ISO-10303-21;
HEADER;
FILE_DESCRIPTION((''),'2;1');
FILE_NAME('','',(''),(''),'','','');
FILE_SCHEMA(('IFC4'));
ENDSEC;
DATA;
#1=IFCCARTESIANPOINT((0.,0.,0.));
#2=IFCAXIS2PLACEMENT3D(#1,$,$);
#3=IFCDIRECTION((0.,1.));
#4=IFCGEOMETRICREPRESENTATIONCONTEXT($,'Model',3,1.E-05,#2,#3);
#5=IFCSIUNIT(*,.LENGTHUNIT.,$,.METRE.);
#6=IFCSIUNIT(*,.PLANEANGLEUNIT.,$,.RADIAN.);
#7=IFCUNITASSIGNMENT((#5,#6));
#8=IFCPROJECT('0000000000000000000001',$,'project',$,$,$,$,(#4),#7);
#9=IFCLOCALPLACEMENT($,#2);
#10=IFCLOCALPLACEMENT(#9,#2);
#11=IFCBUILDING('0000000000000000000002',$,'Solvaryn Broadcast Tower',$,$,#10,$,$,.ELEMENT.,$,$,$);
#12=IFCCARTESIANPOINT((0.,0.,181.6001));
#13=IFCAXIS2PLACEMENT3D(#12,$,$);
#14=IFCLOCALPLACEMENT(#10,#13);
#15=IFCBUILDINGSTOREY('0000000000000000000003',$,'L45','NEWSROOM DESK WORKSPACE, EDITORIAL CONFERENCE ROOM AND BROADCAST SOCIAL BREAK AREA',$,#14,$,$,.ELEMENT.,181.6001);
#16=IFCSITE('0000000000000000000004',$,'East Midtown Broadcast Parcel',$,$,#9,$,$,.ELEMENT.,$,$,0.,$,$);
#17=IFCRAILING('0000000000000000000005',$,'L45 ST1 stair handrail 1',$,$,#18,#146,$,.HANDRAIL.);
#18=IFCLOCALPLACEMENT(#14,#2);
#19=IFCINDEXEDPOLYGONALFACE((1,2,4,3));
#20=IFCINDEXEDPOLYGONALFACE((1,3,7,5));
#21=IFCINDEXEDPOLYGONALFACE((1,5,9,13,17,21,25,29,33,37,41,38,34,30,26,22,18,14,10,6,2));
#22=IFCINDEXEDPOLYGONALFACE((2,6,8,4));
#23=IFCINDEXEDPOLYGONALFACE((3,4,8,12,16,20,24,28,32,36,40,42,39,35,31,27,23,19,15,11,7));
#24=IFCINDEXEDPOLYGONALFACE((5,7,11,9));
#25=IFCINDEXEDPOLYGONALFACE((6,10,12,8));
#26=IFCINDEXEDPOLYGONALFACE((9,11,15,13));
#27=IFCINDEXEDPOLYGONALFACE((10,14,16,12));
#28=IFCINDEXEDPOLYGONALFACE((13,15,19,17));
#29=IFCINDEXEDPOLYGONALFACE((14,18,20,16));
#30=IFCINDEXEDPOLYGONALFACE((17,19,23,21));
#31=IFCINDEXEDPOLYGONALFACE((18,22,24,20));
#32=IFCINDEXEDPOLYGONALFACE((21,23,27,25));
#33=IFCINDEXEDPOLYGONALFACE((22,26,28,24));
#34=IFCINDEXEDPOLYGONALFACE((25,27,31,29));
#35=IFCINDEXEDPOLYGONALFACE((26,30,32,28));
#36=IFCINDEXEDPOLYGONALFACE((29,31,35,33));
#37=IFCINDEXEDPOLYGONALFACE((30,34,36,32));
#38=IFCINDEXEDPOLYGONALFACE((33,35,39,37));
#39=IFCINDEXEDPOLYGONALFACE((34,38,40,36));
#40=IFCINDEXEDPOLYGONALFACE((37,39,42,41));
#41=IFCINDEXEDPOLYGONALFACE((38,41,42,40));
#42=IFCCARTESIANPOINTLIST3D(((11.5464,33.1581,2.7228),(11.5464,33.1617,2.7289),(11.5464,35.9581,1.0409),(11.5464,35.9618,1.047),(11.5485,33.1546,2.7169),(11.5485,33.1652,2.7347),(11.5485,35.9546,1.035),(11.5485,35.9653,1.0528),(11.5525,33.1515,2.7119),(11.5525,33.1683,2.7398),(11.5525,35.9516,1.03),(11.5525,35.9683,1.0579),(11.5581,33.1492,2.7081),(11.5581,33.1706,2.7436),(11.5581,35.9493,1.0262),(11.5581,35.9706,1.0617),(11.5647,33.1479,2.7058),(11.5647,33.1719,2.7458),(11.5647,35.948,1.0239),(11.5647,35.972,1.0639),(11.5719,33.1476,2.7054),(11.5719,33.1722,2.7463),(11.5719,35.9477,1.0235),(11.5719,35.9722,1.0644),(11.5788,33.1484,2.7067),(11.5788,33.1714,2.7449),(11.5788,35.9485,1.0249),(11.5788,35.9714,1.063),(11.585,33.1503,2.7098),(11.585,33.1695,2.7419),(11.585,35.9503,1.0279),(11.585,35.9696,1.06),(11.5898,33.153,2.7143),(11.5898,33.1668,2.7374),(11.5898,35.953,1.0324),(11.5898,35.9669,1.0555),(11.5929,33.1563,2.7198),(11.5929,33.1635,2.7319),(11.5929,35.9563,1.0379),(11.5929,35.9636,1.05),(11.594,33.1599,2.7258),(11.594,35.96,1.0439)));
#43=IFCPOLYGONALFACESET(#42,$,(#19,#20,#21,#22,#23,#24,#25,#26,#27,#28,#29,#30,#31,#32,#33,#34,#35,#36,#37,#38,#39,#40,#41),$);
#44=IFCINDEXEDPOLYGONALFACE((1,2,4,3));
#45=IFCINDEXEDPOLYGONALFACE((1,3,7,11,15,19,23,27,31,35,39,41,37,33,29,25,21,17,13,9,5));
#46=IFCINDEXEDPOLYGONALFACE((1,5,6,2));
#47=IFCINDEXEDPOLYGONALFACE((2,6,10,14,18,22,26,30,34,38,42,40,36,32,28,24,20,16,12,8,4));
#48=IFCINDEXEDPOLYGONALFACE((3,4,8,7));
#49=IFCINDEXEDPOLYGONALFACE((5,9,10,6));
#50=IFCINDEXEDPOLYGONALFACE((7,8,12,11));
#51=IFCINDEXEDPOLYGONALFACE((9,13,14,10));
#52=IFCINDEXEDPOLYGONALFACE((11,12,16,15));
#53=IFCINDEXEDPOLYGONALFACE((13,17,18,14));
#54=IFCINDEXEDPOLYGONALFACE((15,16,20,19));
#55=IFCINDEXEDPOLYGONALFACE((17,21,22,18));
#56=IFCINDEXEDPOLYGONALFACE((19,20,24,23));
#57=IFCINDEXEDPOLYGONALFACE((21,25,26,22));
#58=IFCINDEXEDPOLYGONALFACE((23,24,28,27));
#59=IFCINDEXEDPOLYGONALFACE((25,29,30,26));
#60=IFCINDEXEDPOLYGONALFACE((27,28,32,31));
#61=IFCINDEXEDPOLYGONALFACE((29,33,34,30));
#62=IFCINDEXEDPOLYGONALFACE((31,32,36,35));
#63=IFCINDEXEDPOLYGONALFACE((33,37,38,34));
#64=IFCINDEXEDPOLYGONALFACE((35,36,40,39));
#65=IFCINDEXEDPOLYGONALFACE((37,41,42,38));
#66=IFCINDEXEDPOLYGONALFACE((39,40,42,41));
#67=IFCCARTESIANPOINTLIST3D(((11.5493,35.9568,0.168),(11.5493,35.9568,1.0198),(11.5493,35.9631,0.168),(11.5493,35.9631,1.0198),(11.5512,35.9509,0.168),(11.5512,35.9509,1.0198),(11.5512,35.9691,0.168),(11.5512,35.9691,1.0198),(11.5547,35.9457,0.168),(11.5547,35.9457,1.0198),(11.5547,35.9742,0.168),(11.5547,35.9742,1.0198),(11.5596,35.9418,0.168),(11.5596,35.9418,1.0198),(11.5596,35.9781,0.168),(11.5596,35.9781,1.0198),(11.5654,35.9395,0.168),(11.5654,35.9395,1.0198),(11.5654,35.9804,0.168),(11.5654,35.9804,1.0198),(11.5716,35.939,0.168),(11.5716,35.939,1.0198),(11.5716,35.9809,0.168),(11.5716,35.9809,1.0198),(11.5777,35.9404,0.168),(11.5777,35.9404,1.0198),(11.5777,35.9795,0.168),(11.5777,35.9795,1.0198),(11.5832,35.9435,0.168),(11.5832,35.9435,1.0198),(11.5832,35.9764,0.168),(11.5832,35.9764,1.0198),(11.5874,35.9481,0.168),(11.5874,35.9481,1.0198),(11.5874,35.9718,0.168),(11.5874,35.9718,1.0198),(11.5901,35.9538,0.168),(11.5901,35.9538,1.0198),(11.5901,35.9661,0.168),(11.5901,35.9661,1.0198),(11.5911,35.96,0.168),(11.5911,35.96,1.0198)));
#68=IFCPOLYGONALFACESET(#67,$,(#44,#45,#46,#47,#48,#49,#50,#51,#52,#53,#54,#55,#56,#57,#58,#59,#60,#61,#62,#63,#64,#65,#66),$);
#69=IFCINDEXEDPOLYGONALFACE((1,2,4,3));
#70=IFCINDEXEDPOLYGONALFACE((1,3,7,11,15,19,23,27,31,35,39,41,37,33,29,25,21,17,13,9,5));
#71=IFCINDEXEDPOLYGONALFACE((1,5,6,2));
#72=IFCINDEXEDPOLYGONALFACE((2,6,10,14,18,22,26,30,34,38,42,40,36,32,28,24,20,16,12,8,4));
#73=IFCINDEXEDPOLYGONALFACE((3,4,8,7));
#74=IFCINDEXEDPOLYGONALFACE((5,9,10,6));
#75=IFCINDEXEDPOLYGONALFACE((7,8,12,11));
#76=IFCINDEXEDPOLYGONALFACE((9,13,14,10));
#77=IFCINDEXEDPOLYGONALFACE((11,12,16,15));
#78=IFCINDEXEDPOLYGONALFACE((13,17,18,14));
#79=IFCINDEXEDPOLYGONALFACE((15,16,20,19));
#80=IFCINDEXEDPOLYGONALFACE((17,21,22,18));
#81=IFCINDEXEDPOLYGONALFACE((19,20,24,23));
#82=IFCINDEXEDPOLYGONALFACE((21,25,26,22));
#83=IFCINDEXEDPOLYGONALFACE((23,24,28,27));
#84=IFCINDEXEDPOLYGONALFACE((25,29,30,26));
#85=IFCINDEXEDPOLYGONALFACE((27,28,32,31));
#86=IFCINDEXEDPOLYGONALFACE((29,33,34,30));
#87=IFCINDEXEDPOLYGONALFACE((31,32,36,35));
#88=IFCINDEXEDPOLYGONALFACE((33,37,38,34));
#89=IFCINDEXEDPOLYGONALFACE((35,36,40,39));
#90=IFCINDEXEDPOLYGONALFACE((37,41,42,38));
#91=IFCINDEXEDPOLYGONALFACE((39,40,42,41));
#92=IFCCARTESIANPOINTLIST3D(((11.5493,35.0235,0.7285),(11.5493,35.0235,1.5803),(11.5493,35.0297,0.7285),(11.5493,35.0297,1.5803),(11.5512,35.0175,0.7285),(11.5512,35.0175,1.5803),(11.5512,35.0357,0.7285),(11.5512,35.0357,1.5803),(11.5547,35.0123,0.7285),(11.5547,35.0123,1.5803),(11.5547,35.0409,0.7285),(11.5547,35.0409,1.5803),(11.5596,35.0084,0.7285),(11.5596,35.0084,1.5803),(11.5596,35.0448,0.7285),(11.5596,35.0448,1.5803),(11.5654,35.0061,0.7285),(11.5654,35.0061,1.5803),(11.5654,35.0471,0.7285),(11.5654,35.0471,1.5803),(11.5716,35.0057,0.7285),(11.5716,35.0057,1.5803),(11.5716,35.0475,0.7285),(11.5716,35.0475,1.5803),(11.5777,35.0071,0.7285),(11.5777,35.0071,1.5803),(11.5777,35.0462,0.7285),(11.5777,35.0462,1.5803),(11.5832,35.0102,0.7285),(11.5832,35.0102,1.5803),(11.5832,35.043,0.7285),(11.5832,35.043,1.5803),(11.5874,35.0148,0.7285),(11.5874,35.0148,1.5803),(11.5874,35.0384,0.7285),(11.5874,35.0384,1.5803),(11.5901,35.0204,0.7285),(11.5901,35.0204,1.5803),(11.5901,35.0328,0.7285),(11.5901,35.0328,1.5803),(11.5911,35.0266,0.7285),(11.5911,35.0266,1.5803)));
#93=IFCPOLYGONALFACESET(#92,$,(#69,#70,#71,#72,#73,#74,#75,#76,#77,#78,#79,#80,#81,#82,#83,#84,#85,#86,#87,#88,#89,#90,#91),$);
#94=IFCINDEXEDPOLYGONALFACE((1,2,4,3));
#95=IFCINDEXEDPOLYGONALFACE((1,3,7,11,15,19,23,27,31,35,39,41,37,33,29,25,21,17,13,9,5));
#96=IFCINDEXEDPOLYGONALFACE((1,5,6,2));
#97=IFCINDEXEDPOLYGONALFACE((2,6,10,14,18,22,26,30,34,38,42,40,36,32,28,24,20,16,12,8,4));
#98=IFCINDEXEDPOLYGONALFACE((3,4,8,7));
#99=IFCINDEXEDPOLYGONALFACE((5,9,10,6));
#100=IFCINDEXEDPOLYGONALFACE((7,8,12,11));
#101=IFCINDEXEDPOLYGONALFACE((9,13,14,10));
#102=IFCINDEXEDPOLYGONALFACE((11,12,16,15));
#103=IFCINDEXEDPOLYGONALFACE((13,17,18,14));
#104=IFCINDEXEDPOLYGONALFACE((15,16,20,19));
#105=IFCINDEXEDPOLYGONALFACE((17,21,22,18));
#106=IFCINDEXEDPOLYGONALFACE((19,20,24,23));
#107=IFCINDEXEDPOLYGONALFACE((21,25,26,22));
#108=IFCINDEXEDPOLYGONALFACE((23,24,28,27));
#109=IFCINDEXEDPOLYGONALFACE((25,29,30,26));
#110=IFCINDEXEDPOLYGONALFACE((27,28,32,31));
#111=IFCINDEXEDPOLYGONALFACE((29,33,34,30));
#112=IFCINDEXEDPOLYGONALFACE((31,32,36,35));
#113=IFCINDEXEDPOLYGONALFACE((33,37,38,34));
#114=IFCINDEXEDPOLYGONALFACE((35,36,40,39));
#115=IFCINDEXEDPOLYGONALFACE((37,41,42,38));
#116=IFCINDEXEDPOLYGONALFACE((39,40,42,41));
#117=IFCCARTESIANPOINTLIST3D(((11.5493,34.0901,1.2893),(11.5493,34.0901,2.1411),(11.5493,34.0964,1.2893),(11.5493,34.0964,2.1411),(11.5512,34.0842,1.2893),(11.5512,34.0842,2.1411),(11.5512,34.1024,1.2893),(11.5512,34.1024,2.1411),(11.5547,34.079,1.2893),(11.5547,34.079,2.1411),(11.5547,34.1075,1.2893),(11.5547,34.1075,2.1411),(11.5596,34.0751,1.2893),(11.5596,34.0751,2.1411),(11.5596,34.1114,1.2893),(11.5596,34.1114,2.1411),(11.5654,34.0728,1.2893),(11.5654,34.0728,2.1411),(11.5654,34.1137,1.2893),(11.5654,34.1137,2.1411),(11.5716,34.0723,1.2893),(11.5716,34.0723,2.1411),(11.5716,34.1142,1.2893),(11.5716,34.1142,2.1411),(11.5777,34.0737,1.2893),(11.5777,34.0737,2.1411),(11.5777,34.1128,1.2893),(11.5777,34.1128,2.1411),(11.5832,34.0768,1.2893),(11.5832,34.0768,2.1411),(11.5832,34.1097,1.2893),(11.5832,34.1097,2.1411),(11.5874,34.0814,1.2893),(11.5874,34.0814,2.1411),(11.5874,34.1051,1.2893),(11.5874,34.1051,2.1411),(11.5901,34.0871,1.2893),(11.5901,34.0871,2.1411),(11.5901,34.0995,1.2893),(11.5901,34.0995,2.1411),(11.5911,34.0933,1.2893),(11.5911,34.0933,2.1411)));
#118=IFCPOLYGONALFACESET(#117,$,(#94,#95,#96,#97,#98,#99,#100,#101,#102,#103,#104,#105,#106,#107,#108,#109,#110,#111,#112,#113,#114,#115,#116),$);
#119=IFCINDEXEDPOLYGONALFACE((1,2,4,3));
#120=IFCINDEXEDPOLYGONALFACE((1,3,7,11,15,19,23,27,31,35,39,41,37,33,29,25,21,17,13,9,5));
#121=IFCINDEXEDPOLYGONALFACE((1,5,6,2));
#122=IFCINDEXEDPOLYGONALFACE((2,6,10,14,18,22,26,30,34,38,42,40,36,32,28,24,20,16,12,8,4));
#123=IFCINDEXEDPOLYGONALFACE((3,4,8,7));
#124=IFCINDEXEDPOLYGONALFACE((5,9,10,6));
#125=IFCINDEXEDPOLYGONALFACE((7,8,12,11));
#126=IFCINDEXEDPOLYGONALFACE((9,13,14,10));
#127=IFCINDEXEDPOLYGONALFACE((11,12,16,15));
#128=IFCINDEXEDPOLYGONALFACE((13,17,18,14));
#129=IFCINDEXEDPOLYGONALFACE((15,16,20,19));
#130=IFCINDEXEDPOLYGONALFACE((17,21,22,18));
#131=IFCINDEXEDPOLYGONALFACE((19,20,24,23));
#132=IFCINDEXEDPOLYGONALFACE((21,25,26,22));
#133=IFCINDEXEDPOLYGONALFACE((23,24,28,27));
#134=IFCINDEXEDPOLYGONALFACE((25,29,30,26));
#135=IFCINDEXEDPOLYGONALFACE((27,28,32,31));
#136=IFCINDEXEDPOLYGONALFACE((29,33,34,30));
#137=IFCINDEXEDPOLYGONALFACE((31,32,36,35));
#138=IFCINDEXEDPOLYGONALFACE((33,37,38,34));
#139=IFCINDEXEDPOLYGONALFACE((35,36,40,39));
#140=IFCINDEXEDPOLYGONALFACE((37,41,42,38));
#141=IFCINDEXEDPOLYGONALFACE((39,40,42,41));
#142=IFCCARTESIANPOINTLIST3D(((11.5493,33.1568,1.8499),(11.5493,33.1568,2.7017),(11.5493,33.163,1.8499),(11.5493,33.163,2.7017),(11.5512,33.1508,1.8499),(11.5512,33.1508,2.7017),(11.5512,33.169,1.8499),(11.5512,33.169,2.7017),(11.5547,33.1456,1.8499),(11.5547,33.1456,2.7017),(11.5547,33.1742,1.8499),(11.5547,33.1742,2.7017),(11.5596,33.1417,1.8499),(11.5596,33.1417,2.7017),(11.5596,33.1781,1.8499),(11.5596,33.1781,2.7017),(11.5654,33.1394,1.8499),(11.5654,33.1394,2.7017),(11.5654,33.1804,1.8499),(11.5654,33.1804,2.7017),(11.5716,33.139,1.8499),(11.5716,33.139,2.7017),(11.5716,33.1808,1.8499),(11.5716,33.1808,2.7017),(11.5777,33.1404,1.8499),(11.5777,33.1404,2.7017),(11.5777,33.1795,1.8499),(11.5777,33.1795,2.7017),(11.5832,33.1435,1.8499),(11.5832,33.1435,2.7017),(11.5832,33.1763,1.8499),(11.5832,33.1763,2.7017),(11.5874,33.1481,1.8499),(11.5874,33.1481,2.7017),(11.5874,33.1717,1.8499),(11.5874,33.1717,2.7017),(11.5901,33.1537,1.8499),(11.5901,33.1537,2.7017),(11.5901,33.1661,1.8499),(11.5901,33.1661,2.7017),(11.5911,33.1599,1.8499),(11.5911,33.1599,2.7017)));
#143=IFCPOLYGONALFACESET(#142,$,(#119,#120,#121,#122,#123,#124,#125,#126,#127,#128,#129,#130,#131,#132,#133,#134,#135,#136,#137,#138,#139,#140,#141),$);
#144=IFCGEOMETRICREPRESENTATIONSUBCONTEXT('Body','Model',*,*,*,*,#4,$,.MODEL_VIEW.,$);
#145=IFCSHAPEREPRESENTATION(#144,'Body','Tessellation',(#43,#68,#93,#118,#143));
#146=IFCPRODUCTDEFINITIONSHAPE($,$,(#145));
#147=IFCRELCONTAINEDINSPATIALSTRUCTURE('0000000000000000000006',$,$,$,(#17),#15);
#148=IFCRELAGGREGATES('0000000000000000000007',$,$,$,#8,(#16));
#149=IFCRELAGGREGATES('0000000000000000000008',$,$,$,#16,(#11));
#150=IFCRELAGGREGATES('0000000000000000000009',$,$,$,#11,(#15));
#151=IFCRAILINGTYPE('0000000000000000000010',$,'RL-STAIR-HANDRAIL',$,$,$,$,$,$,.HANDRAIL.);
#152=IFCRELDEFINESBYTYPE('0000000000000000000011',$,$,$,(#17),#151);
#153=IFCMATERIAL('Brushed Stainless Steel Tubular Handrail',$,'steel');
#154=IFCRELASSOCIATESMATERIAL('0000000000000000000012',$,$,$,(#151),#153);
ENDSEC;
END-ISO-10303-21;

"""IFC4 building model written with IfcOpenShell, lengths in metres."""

from ifc_helpers import new_model, si_unit, direction, frame, origin, origin_2d, place, context, subcontext, project, spatial, circle, extrude, material, type_object, element, save


model = new_model("IFC4")

# Units and contexts
model_context = context("Model", 3, precision=1e-05, world=origin(), true_north=direction((0.0, 1.0)))
body_context = subcontext(model_context, "Body", "Model", "MODEL_VIEW")
ifc_project = project(units=[si_unit("LENGTHUNIT", "METRE"), si_unit("PLANEANGLEUNIT", "RADIAN")], contexts=[model_context])

# Site, building, storey
site_placement = place(None, origin())
site = spatial("IfcSite", under=ifc_project, at=site_placement, Name="East Midtown Broadcast Parcel", CompositionType="ELEMENT", RefElevation=0.0)
building_placement = place(site_placement, origin())
building = spatial("IfcBuilding", under=site, at=building_placement, Name="Solvaryn Broadcast Tower", CompositionType="ELEMENT")
storey_placement = place(building_placement, frame((0.0, 0.0, 181.6001)))
storey = spatial("IfcBuildingStorey", under=building, at=storey_placement, Name="L45", Description="NEWSROOM DESK WORKSPACE, EDITORIAL CONFERENCE ROOM AND BROADCAST SOCIAL BREAK AREA", CompositionType="ELEMENT", Elevation=181.6001)

# Railing
ifc_material_1 = material(Name="Brushed Stainless Steel Tubular Handrail", Category="steel")
railing_type_1 = type_object("IfcRailingType", Name="RL-STAIR-HANDRAIL", PredefinedType="HANDRAIL", material=ifc_material_1)
railing_1_placement = place(storey_placement, frame((11.5701, 35.96, 0.168)))
element("IfcRailing", 1, at=railing_1_placement, inside=storey, type_object=railing_type_1, Name="L45 ST1 stair handrail 1", PredefinedType="HANDRAIL", context=body_context, shape_type="SweptSolid", body=[
    extrude(circle(Radius=0.0239, at=origin_2d()), frame((0.0, 0.0, 0.876), z_axis=(0.0, -0.857242, 0.514913), x_axis=(1.0, 0.0, 0.0)), (0.0, 0.0, 1.0), 3.2664),
    extrude(circle(Radius=0.021, at=origin_2d()), origin(), (0.0, 0.0, 1.0), 0.8518),
    extrude(circle(Radius=0.021, at=origin_2d()), frame((0.0, -0.9333, 0.5605)), (0.0, 0.0, 1.0), 0.8518),
    extrude(circle(Radius=0.021, at=origin_2d()), frame((0.0, -1.8667, 1.1213)), (0.0, 0.0, 1.0), 0.8518),
    extrude(circle(Radius=0.021, at=origin_2d()), frame((0.0, -2.8, 1.6819)), (0.0, 0.0, 1.0), 0.8518),
])

save(model, "model.ifc")
